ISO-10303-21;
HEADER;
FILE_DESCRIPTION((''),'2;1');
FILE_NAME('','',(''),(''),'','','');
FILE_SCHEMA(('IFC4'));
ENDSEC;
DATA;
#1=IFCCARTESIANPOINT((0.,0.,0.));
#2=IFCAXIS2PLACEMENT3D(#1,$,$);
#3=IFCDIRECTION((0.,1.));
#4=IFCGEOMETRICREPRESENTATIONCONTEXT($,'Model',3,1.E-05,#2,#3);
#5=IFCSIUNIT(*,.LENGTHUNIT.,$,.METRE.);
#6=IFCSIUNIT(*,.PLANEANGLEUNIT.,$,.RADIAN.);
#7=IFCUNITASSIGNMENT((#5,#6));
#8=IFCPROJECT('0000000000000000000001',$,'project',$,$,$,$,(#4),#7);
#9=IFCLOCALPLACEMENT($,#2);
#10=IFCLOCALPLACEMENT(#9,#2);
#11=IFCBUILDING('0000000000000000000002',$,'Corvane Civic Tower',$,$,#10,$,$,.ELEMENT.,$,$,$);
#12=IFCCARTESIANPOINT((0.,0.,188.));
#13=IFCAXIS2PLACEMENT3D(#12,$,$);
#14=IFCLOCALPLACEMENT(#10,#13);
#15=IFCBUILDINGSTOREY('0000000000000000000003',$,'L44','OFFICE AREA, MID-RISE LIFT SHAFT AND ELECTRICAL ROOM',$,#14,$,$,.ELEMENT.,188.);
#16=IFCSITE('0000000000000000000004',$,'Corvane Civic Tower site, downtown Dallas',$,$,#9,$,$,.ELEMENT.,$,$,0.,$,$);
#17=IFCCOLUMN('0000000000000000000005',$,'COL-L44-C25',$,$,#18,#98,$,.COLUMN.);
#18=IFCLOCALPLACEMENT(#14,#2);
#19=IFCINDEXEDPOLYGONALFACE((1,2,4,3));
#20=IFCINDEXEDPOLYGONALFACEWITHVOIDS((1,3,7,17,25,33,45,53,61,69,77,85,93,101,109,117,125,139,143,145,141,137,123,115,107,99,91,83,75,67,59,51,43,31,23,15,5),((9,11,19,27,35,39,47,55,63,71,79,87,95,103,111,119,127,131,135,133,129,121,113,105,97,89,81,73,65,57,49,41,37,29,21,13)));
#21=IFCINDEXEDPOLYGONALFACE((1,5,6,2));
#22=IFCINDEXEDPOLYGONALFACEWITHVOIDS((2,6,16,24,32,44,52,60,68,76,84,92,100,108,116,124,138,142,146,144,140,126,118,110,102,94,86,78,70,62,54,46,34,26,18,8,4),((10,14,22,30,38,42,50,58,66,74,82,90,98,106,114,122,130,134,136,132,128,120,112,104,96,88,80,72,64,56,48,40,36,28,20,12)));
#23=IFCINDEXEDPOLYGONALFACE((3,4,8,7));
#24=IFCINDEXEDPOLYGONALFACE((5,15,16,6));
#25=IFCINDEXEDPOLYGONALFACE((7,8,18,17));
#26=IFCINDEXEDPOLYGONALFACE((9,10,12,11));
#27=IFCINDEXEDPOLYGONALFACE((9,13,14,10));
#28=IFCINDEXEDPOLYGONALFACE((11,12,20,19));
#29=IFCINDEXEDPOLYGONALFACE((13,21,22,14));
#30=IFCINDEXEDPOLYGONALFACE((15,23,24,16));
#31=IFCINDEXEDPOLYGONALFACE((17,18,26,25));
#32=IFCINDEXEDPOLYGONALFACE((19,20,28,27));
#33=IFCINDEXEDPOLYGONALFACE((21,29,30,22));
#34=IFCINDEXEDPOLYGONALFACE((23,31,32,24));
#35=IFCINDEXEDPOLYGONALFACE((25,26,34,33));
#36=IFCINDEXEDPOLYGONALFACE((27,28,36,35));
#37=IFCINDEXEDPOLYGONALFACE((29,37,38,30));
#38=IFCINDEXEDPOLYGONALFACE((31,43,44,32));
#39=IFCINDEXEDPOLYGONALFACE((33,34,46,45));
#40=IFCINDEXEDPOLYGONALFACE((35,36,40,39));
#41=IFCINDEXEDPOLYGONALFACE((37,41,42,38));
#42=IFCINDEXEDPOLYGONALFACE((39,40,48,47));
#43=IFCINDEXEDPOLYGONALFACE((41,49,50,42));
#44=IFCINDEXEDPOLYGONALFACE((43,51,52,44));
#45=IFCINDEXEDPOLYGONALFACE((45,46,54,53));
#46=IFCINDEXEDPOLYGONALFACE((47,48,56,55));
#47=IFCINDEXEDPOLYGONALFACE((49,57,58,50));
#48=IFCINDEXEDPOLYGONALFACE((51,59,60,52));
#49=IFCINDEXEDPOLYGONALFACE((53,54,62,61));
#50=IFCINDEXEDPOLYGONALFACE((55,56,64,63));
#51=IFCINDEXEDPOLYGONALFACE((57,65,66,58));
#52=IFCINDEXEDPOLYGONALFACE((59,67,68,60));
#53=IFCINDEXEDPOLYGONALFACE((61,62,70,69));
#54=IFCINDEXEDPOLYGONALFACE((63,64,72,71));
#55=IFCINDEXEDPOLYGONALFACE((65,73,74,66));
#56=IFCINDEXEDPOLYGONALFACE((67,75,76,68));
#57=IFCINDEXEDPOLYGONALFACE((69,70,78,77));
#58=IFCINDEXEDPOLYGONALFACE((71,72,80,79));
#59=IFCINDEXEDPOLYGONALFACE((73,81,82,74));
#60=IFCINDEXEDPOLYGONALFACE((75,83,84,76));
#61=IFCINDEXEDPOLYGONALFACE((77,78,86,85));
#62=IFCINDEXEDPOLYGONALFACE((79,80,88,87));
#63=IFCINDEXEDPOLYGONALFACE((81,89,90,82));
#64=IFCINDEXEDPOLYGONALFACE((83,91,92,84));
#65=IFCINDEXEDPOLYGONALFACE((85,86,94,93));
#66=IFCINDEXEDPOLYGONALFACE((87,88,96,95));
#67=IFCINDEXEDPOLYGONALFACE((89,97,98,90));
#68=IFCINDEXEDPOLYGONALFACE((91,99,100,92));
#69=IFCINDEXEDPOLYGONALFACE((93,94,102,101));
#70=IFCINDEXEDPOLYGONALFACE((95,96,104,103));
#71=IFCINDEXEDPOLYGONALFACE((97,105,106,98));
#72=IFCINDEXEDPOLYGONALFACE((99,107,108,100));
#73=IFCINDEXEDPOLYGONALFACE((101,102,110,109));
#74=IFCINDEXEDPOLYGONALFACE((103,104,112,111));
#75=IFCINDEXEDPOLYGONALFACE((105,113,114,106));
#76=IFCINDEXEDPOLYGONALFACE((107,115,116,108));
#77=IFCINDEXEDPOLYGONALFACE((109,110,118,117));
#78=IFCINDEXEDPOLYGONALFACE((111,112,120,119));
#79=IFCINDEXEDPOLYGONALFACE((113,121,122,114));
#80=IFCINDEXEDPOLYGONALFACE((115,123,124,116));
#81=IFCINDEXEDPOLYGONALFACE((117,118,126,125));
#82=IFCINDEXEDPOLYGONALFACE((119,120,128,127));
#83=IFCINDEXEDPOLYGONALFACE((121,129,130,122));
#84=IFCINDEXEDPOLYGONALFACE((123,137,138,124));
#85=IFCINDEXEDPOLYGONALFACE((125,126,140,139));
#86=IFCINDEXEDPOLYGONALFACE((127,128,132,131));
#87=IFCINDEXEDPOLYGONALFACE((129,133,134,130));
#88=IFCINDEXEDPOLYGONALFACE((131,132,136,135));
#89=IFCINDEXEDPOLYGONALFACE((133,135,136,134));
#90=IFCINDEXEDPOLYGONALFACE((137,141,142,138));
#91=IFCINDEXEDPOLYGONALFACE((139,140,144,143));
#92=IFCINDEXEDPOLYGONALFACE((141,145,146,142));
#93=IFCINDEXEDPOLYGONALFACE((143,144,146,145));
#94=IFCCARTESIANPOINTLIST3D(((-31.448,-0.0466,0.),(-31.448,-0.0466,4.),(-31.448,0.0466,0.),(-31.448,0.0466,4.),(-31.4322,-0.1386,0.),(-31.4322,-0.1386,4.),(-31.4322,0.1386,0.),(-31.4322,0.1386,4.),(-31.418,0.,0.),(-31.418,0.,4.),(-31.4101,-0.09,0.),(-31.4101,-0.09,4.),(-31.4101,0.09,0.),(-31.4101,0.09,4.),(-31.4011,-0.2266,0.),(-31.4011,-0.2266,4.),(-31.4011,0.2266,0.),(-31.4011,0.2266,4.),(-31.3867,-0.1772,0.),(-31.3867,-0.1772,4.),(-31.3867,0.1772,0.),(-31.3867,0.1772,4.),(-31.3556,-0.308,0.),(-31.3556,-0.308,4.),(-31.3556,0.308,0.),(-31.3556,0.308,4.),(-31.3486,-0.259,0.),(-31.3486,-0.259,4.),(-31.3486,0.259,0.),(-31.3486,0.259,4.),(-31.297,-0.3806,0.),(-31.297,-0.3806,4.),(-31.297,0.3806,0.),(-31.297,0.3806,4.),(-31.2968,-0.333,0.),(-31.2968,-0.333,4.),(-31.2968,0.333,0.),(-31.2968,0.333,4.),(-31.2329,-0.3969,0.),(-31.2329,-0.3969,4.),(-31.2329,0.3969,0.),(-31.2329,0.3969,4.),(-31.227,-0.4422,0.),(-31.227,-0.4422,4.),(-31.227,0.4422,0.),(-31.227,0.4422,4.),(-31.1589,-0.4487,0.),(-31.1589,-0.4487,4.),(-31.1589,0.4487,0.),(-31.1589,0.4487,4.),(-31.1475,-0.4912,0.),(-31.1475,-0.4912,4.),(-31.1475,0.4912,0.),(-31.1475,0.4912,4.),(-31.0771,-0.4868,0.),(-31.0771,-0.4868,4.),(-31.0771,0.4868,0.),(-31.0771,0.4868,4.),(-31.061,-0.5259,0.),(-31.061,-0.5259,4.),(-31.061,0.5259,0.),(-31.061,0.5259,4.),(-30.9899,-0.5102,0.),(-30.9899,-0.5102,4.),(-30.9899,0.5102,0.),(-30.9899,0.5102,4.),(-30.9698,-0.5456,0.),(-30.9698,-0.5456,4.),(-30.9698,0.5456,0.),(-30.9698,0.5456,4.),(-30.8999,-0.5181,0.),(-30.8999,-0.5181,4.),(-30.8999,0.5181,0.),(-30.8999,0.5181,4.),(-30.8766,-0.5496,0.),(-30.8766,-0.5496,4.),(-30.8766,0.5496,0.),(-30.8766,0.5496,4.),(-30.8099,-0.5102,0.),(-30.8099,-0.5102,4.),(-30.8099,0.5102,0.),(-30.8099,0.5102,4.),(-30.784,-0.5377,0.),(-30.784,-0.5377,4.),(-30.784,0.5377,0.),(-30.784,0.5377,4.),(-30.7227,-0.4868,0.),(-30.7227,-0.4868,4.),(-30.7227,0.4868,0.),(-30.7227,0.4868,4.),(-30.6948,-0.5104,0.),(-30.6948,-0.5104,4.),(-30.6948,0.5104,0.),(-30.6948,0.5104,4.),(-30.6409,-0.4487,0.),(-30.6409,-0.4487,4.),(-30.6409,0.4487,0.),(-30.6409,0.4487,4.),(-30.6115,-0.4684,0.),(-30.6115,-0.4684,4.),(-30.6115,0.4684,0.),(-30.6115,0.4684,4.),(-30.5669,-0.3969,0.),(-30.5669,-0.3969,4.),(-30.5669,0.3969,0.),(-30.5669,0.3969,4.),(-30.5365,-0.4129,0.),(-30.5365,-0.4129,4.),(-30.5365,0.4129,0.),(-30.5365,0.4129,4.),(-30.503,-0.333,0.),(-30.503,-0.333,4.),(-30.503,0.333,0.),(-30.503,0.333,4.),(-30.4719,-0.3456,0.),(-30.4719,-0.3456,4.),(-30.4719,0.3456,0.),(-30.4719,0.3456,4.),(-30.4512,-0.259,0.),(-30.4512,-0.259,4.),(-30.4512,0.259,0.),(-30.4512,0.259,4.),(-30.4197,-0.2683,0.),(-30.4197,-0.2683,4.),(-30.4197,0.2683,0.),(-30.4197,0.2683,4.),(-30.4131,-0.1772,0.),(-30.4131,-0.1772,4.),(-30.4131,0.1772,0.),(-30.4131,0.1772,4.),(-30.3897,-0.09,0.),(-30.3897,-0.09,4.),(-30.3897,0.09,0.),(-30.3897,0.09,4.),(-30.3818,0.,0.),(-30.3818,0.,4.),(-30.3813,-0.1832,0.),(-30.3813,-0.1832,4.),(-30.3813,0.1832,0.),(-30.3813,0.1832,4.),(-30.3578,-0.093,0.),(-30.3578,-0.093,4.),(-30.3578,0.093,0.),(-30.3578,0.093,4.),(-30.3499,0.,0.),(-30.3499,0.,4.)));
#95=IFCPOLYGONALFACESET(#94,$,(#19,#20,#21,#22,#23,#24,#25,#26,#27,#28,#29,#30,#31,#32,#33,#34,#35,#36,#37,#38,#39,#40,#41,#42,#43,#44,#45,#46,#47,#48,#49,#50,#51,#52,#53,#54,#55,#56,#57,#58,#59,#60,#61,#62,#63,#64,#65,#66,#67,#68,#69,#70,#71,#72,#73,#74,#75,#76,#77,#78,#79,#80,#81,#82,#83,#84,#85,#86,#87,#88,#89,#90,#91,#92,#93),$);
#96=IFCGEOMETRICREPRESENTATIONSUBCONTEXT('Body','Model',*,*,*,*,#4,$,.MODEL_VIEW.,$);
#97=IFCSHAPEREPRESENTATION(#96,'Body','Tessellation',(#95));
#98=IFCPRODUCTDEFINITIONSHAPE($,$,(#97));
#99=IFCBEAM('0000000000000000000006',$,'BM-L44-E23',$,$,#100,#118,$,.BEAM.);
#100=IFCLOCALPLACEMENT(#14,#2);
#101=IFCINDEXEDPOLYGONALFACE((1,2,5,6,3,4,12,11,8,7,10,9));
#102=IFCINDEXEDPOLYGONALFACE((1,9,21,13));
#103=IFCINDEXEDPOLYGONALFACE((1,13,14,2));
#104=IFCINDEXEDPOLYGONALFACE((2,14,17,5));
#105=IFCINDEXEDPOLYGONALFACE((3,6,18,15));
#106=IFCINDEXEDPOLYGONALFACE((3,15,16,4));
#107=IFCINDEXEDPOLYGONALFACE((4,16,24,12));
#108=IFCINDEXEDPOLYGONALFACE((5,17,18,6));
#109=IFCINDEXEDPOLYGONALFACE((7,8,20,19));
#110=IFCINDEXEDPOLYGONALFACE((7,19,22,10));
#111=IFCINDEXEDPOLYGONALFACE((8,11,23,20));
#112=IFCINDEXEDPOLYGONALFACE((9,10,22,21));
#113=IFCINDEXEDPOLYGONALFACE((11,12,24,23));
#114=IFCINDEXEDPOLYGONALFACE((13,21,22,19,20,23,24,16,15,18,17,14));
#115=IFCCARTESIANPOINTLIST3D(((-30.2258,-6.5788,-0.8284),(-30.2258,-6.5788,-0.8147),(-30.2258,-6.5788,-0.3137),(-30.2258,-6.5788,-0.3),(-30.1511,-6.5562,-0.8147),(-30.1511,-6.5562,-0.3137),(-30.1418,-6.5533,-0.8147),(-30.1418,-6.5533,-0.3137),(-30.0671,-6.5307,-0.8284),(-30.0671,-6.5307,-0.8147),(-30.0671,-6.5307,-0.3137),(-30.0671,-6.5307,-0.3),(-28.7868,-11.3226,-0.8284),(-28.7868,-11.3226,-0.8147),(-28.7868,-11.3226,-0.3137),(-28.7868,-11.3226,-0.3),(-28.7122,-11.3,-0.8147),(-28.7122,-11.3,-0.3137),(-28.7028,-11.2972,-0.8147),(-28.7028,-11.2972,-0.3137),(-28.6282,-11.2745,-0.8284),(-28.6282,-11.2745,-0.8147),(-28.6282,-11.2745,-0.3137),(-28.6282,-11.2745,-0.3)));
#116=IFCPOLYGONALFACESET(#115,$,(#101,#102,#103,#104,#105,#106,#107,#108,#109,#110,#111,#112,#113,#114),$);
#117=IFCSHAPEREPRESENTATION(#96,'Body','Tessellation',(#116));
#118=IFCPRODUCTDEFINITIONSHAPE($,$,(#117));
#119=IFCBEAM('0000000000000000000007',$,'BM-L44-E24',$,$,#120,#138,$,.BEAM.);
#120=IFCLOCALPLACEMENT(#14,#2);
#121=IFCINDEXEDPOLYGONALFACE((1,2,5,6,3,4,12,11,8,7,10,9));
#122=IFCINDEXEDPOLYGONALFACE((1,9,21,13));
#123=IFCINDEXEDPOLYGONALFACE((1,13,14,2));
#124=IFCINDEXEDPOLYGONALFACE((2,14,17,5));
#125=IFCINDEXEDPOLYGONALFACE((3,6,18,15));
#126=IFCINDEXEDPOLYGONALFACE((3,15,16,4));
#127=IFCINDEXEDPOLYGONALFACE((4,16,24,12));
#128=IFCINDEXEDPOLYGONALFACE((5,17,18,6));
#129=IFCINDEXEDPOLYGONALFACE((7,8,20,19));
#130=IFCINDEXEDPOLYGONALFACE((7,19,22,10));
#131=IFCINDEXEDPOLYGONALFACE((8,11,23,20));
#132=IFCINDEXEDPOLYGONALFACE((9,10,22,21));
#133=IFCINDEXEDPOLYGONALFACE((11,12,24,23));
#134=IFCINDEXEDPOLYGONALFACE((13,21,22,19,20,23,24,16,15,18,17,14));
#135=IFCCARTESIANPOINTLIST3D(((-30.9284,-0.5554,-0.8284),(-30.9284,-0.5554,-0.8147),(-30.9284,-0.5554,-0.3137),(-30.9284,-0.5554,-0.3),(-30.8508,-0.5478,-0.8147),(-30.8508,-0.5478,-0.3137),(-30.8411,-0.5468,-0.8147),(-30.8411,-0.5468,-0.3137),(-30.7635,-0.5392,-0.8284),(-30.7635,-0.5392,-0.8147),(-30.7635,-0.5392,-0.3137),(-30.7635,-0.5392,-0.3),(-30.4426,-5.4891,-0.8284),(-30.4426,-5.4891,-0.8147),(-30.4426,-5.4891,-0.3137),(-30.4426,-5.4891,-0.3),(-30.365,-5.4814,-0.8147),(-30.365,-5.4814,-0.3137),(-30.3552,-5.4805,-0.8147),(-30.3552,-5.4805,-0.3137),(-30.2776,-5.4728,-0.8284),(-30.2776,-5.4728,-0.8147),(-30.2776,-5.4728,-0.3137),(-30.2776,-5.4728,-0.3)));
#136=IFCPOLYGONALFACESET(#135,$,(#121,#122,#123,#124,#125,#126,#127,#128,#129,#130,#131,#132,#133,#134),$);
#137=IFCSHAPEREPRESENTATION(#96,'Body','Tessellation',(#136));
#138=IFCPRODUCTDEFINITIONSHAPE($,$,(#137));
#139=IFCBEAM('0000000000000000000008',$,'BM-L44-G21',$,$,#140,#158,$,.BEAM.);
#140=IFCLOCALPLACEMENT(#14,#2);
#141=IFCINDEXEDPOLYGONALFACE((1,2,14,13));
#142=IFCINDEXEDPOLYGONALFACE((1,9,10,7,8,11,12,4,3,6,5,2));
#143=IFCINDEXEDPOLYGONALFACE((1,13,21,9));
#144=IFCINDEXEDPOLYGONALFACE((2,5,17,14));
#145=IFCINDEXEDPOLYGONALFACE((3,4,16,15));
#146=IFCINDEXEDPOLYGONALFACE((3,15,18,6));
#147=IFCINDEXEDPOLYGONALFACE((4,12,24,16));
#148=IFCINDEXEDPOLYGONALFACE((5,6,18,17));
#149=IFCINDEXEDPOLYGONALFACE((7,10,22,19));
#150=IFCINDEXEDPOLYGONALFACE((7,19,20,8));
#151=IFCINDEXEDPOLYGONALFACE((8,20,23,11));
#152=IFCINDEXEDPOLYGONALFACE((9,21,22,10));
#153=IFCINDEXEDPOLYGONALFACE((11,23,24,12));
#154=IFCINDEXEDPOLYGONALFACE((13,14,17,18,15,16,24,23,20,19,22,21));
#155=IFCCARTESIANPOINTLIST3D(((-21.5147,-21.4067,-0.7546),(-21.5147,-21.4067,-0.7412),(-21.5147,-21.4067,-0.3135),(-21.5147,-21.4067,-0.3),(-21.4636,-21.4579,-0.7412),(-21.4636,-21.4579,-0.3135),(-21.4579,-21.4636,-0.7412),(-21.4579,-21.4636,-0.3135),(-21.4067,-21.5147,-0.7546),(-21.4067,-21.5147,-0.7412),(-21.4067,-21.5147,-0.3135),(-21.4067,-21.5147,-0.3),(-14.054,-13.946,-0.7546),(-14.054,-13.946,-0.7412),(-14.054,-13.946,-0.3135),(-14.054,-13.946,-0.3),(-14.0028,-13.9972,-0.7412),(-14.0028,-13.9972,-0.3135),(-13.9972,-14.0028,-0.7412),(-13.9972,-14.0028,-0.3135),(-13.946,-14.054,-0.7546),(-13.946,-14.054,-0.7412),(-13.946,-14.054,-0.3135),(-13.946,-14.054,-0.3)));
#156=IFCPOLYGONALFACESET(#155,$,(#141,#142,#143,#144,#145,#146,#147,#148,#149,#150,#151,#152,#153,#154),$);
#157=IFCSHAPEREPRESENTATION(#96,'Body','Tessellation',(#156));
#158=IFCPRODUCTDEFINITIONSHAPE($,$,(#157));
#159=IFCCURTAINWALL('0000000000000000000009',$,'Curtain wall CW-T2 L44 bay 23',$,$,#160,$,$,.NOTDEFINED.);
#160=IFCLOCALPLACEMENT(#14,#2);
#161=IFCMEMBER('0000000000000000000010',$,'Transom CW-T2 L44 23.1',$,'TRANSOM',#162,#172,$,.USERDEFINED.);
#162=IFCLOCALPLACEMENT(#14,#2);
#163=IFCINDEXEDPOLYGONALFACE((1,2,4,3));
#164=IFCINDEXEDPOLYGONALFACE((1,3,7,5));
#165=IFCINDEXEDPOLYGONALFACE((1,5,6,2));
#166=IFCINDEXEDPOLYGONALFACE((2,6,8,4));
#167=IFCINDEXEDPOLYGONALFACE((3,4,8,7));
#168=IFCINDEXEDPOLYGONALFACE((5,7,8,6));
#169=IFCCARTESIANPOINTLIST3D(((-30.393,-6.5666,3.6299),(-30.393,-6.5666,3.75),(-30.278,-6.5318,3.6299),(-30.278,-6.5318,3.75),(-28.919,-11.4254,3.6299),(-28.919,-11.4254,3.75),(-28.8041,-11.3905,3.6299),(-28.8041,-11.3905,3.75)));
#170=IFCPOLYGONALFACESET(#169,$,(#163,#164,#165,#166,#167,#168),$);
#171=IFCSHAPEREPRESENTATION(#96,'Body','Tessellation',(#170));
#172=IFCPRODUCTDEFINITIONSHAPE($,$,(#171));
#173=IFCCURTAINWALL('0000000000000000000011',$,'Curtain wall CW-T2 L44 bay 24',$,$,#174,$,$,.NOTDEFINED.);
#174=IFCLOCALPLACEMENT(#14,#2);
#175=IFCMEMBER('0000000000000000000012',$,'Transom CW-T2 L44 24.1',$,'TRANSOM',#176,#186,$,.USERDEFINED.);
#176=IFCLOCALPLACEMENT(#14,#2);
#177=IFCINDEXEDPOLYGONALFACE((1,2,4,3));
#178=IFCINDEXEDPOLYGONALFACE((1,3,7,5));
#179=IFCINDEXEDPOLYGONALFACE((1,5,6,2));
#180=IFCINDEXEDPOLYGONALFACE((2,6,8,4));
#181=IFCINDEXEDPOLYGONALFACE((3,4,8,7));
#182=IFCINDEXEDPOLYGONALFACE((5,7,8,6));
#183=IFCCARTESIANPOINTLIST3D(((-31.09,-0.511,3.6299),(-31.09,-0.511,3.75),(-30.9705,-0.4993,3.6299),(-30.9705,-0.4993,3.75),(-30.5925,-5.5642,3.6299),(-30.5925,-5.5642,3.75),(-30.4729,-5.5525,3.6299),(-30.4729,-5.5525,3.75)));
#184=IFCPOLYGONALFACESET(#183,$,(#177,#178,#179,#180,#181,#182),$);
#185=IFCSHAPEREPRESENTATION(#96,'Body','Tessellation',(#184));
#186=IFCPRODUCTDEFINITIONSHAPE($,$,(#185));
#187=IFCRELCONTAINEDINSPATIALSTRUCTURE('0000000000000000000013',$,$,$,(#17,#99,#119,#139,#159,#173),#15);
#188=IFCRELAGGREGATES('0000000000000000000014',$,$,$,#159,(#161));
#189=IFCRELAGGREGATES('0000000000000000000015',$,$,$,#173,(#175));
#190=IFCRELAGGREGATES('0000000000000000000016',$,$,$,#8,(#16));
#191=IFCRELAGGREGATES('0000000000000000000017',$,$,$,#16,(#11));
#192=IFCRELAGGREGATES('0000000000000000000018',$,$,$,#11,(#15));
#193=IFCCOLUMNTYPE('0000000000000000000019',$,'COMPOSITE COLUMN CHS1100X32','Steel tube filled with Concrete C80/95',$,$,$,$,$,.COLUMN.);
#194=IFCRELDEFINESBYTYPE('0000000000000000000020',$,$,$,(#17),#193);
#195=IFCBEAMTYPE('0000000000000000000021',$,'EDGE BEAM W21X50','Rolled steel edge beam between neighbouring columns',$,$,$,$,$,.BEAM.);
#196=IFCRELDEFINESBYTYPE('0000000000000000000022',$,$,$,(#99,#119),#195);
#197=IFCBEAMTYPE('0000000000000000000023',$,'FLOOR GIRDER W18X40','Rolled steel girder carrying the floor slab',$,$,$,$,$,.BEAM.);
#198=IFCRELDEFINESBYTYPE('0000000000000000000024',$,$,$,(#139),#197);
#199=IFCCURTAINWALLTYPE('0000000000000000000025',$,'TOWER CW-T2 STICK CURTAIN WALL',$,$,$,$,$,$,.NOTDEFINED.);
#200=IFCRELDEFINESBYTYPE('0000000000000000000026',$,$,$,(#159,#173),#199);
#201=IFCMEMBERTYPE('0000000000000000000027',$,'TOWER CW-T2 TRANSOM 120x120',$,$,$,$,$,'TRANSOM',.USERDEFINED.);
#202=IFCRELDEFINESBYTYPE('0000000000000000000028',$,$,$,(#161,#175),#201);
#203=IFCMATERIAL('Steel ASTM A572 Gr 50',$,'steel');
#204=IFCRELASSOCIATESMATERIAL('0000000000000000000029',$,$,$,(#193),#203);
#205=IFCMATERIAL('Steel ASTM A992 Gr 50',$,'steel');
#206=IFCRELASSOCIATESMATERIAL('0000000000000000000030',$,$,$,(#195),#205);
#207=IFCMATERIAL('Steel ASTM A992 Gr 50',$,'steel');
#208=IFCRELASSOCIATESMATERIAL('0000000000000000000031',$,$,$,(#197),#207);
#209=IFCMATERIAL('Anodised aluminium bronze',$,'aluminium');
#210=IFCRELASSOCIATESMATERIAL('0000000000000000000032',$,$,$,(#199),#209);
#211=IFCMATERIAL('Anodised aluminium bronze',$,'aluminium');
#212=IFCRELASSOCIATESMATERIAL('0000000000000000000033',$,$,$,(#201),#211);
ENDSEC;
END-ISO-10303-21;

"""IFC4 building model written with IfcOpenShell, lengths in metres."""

from ifc_helpers import new_model, si_unit, direction, frame, origin, origin_2d, place, context, subcontext, project, spatial, rectangle, hollow_circle, i_section, extrude, material, material_profile, profile_set, type_object, element, aggregate, save


model = new_model("IFC4")

# Units and contexts
model_context = context("Model", 3, precision=1e-05, world=origin(), true_north=direction((0.0, 1.0)))
body_context = subcontext(model_context, "Body", "Model", "MODEL_VIEW")
ifc_project = project(units=[si_unit("LENGTHUNIT", "METRE"), si_unit("PLANEANGLEUNIT", "RADIAN")], contexts=[model_context])

# Site, building, storey
site_placement = place(None, origin())
site = spatial("IfcSite", under=ifc_project, at=site_placement, Name="Corvane Civic Tower site, downtown Dallas", CompositionType="ELEMENT", RefElevation=0.0)
building_placement = place(site_placement, origin())
building = spatial("IfcBuilding", under=site, at=building_placement, Name="Corvane Civic Tower", CompositionType="ELEMENT")
storey_placement = place(building_placement, frame((0.0, 0.0, 188.0)))
storey = spatial("IfcBuildingStorey", under=building, at=storey_placement, Name="L44", Description="OFFICE AREA, MID-RISE LIFT SHAFT AND ELECTRICAL ROOM", CompositionType="ELEMENT", Elevation=188.0)

# Column
ifc_material_1 = material(Name="Steel ASTM A572 Gr 50", Category="steel")
ifc_material_profile_1 = material_profile(ifc_material_1, hollow_circle(Radius=0.55, WallThickness=0.032, at=origin_2d()), Name="CHS1100X32")
ifc_profile_set_1 = profile_set([ifc_material_profile_1], Name="Steel ASTM A572 Gr 50")
column_type = type_object("IfcColumnType", Name="COMPOSITE COLUMN CHS1100X32", Description="Steel tube filled with Concrete C80/95", PredefinedType="COLUMN", material=ifc_profile_set_1)
for number, where, z_axis, x_axis, name in (
    (1, (-30.8999, 0.0, 0.0), (0.0, 0.0, 1.0), (1.0, 0.0, 0.0), "COL-L44-C25"),
):
    element("IfcColumn", number, at=place(storey_placement, frame(where, z_axis=z_axis, x_axis=x_axis)), inside=storey, type_object=column_type, Name=name, PredefinedType="COLUMN", context=body_context, shape_type="SweptSolid", body=[
        extrude(hollow_circle(Radius=0.55, WallThickness=0.032, at=origin_2d()), origin(), (0.0, 0.0, 1.0), 4.0),
    ])

# Beams
ifc_material_2 = material(Name="Steel ASTM A992 Gr 50", Category="steel")
ifc_material_profile_2 = material_profile(ifc_material_2, i_section(OverallWidth=0.1658, OverallDepth=0.5283, WebThickness=0.0098, FlangeThickness=0.0137, at=origin_2d()), Name="W21X50")
ifc_profile_set_2 = profile_set([ifc_material_profile_2], Name="Steel ASTM A992 Gr 50")
beam_type_1 = type_object("IfcBeamType", Name="EDGE BEAM W21X50", Description="Rolled steel edge beam between neighbouring columns", PredefinedType="BEAM", material=ifc_profile_set_2)
beam_1_placement = place(storey_placement, frame((-28.7075, -11.2986, -0.5642), z_axis=(-0.29027, 0.956945, 0.0), x_axis=(-0.956945, -0.29027, 0.0)))
element("IfcBeam", 2, at=beam_1_placement, inside=storey, type_object=beam_type_1, Name="BM-L44-E23", PredefinedType="BEAM", context=body_context, shape_type="SweptSolid", body=[
    extrude(i_section(OverallWidth=0.1658, OverallDepth=0.5283, WebThickness=0.0098, FlangeThickness=0.0137, at=origin_2d()), origin(), (0.0, 0.0, 1.0), 4.9573),
])
beam_2_placement = place(storey_placement, frame((-30.3601, -5.481, -0.5642), z_axis=(-0.098002, 0.995186, 0.0), x_axis=(-0.995186, -0.098002, 0.0)))
element("IfcBeam", 3, at=beam_2_placement, inside=storey, type_object=beam_type_1, Name="BM-L44-E24", PredefinedType="BEAM", context=body_context, shape_type="SweptSolid", body=[
    extrude(i_section(OverallWidth=0.1658, OverallDepth=0.5283, WebThickness=0.0098, FlangeThickness=0.0137, at=origin_2d()), origin(), (0.0, 0.0, 1.0), 4.9575),
])
ifc_material_3 = material(Name="Steel ASTM A992 Gr 50", Category="steel")
ifc_material_profile_3 = material_profile(ifc_material_3, i_section(OverallWidth=0.1528, OverallDepth=0.4546, WebThickness=0.0081, FlangeThickness=0.0134, at=origin_2d()), Name="W18X40")
ifc_profile_set_3 = profile_set([ifc_material_profile_3], Name="Steel ASTM A992 Gr 50")
beam_type_2 = type_object("IfcBeamType", Name="FLOOR GIRDER W18X40", Description="Rolled steel girder carrying the floor slab", PredefinedType="BEAM", material=ifc_profile_set_3)
beam_3_placement = place(storey_placement, frame((-14.0, -14.0, -0.5273), z_axis=(-0.707107, -0.707107, 0.0), x_axis=(0.707107, -0.707107, 0.0)))
element("IfcBeam", 4, at=beam_3_placement, inside=storey, type_object=beam_type_2, Name="BM-L44-G21", PredefinedType="BEAM", context=body_context, shape_type="SweptSolid", body=[
    extrude(i_section(OverallWidth=0.1528, OverallDepth=0.4546, WebThickness=0.0081, FlangeThickness=0.0134, at=origin_2d()), origin(), (0.0, 0.0, 1.0), 10.551),
])

# Curtain walls, members
ifc_material_4 = material(Name="Anodised aluminium bronze", Category="aluminium")
curtain_wall_type = type_object("IfcCurtainWallType", Name="TOWER CW-T2 STICK CURTAIN WALL", PredefinedType="NOTDEFINED", material=ifc_material_4)
curtain_wall_1_placement = place(storey_placement, origin())
curtain_wall_1 = element("IfcCurtainWall", 5, at=curtain_wall_1_placement, inside=storey, type_object=curtain_wall_type, Name="Curtain wall CW-T2 L44 bay 23", PredefinedType="NOTDEFINED")
ifc_material_5 = material(Name="Anodised aluminium bronze", Category="aluminium")
ifc_material_profile_4 = material_profile(ifc_material_5, rectangle(XDim=0.1201, YDim=0.1201, at=origin_2d()), Name="TOWER CW-T2 TRANSOM 120x120")
ifc_profile_set_4 = profile_set([ifc_material_profile_4], Name="Anodised aluminium bronze")
member_type = type_object("IfcMemberType", Name="TOWER CW-T2 TRANSOM 120x120", ElementType="TRANSOM", PredefinedType="USERDEFINED", material=ifc_profile_set_4)
member_1_placement = place(storey_placement, frame((-28.8616, -11.408, 3.6899), z_axis=(-0.290289, 0.956939, 0.0), x_axis=(-0.956939, -0.290289, 0.0)))
member_1 = element("IfcMember", 6, at=member_1_placement, type_object=member_type, Name="Transom CW-T2 L44 23.1", ObjectType="TRANSOM", PredefinedType="USERDEFINED", context=body_context, shape_type="SweptSolid", body=[
    extrude(rectangle(XDim=0.1201, YDim=0.1201, at=origin_2d()), origin(), (0.0, 0.0, 1.0), 5.0774),
])
curtain_wall_2_placement = place(storey_placement, origin())
curtain_wall_2 = element("IfcCurtainWall", 7, at=curtain_wall_2_placement, inside=storey, type_object=curtain_wall_type, Name="Curtain wall CW-T2 L44 bay 24", PredefinedType="NOTDEFINED")
member_2_placement = place(storey_placement, frame((-30.5327, -5.5583, 3.6899), z_axis=(-0.09799, 0.995187, 0.0), x_axis=(-0.995187, -0.09799, 0.0)))
member_2 = element("IfcMember", 8, at=member_2_placement, type_object=member_type, Name="Transom CW-T2 L44 24.1", ObjectType="TRANSOM", PredefinedType="USERDEFINED", context=body_context, shape_type="SweptSolid", body=[
    extrude(rectangle(XDim=0.1201, YDim=0.1201, at=origin_2d()), origin(), (0.0, 0.0, 1.0), 5.0776),
])

aggregate(curtain_wall_1, [member_1])
aggregate(curtain_wall_2, [member_2])

save(model, "model.ifc")
